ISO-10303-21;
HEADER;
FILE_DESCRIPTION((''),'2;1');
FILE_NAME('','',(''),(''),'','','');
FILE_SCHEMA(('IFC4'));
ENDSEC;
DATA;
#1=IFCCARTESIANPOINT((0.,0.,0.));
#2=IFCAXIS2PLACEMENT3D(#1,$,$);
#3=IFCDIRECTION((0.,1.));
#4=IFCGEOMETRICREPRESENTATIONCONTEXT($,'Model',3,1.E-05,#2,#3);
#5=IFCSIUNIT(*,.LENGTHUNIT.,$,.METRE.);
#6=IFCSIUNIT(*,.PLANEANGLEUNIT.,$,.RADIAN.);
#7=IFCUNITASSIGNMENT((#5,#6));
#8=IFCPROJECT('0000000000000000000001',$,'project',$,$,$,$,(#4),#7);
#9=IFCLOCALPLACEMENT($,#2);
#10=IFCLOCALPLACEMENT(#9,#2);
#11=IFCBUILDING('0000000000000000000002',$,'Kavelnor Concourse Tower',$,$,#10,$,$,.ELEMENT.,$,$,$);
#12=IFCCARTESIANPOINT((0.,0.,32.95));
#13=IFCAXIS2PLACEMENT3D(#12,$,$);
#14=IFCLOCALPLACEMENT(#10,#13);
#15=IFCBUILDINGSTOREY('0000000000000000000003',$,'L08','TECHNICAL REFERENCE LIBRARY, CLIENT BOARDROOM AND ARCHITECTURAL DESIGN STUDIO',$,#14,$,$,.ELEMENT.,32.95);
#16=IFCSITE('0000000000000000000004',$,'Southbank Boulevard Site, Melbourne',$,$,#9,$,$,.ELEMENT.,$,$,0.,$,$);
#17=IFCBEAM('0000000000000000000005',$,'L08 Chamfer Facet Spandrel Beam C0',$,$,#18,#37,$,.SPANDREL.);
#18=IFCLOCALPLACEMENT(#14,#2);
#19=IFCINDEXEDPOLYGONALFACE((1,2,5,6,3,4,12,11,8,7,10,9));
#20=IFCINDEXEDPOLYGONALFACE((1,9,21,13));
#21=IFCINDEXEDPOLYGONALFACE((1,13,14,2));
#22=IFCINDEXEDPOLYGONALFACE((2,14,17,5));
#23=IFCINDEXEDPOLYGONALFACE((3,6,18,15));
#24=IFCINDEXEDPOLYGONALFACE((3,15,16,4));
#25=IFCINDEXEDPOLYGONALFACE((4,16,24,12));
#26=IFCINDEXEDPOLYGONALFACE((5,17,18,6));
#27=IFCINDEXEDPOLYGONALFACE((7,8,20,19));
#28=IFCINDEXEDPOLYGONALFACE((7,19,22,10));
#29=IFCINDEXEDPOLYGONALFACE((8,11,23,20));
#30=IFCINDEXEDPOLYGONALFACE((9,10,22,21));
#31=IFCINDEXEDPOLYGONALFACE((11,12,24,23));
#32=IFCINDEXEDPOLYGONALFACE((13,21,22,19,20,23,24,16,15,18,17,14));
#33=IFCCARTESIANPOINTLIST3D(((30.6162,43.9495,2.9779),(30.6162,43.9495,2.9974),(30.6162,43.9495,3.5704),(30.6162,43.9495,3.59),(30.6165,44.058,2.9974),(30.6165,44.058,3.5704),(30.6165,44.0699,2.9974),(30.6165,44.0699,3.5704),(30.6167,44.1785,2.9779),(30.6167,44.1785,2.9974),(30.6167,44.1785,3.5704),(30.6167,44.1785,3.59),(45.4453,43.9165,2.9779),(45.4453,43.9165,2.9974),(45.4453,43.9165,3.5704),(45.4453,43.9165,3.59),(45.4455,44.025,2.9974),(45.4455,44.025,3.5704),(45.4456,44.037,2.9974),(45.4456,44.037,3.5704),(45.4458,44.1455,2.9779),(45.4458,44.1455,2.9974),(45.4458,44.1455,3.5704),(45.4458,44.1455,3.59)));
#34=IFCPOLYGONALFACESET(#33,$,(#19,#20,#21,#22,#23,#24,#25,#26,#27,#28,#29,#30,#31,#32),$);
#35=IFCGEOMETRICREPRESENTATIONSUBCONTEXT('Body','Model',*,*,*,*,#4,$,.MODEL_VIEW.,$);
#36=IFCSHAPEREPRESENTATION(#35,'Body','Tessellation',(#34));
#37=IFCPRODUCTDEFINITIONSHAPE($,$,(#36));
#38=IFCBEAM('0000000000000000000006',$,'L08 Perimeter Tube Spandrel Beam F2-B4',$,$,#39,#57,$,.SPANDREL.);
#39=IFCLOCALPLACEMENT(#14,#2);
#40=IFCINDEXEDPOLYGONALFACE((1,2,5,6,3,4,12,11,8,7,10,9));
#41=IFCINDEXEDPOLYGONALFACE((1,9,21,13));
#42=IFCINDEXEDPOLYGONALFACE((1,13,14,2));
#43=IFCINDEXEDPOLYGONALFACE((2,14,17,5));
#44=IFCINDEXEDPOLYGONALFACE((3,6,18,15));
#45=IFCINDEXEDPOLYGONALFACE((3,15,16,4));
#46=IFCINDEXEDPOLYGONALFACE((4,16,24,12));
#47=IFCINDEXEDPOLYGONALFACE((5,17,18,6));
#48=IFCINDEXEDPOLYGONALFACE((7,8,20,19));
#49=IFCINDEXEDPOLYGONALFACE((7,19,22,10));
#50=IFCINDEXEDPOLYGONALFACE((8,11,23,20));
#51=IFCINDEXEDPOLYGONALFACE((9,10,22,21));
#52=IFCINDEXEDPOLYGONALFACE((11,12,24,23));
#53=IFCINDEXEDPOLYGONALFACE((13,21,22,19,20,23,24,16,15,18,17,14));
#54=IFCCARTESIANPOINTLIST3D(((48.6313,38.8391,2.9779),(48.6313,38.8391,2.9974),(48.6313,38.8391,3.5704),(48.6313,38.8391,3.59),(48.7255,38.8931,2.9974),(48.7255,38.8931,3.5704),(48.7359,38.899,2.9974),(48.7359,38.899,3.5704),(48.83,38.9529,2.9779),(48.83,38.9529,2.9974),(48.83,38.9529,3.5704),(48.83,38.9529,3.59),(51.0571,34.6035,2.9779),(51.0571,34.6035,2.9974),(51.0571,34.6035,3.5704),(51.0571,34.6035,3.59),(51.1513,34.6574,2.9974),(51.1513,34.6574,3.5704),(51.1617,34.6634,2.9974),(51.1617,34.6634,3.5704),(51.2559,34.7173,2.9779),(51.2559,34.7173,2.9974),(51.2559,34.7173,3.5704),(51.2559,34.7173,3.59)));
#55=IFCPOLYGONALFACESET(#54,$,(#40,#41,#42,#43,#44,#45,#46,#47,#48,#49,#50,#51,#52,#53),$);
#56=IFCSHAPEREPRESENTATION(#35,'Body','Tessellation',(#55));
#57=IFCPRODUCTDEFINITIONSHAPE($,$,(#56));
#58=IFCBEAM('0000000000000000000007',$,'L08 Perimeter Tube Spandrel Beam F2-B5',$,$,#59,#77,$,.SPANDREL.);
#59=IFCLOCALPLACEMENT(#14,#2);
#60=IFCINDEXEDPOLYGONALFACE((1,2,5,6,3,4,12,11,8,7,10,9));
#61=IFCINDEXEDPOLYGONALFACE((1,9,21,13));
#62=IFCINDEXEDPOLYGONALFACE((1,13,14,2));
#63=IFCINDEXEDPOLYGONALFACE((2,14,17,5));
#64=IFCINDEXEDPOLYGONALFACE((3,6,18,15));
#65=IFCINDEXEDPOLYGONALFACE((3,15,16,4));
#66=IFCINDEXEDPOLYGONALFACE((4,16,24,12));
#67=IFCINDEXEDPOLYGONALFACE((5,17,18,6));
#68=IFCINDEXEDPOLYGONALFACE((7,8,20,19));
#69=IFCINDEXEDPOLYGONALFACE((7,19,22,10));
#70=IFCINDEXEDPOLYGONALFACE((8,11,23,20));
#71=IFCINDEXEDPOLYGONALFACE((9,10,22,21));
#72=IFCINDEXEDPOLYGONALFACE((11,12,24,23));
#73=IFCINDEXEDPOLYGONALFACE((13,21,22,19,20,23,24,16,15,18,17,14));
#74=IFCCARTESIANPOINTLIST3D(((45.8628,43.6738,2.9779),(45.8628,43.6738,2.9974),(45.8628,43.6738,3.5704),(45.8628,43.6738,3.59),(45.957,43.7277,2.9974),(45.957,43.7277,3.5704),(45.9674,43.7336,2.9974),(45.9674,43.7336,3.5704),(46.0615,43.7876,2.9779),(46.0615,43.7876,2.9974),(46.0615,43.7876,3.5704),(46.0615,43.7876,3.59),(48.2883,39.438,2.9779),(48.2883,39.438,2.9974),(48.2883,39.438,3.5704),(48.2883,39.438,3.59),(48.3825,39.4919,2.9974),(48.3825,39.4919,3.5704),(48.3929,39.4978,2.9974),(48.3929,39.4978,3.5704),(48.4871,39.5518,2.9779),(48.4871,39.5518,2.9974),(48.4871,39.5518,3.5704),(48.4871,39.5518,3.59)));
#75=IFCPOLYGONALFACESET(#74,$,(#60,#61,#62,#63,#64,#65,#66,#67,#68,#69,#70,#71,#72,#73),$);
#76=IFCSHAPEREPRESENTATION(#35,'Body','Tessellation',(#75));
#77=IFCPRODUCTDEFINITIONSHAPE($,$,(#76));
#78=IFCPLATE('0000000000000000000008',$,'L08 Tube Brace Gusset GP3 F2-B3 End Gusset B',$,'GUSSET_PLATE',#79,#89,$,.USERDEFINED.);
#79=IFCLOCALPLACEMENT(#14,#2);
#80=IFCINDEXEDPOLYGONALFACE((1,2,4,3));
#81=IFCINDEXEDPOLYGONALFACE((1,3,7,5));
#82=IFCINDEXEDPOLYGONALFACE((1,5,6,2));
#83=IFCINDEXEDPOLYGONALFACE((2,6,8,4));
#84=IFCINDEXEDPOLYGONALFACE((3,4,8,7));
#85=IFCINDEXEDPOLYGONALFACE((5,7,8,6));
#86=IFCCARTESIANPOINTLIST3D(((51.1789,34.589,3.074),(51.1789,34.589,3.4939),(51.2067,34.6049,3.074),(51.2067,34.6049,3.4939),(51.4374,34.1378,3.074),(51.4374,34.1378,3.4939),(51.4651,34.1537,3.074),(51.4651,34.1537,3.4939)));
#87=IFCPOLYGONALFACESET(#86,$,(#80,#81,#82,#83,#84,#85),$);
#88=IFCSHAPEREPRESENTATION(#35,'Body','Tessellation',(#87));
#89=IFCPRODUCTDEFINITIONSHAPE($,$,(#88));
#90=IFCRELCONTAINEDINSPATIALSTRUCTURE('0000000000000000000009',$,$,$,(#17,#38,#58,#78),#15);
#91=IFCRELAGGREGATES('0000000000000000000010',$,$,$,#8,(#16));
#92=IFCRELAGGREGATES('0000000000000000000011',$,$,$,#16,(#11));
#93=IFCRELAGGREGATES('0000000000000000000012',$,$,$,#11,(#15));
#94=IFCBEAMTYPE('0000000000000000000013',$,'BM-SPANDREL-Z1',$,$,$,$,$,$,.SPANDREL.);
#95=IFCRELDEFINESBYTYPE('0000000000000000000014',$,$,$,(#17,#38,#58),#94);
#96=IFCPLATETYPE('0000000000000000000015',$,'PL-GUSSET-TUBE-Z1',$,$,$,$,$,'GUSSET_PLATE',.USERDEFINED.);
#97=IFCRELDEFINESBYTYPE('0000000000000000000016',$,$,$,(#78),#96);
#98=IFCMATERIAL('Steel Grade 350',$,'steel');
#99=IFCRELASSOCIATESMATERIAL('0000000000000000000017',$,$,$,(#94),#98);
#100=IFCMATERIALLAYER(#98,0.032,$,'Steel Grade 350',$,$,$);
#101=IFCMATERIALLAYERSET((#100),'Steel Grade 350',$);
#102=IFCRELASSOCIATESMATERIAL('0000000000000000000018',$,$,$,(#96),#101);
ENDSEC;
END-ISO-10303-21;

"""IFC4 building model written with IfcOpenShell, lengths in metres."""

from ifc_helpers import new_model, si_unit, direction, frame, origin, origin_2d, place, context, subcontext, project, spatial, rectangle, i_section, extrude, material, layer, layer_set, material_profile, profile_set, type_object, element, save


model = new_model("IFC4")

# Units and contexts
model_context = context("Model", 3, precision=1e-05, world=origin(), true_north=direction((0.0, 1.0)))
body_context = subcontext(model_context, "Body", "Model", "MODEL_VIEW")
ifc_project = project(units=[si_unit("LENGTHUNIT", "METRE"), si_unit("PLANEANGLEUNIT", "RADIAN")], contexts=[model_context])

# Site, building, storey
site_placement = place(None, origin())
site = spatial("IfcSite", under=ifc_project, at=site_placement, Name="Southbank Boulevard Site, Melbourne", CompositionType="ELEMENT", RefElevation=0.0)
building_placement = place(site_placement, origin())
building = spatial("IfcBuilding", under=site, at=building_placement, Name="Kavelnor Concourse Tower", CompositionType="ELEMENT")
storey_placement = place(building_placement, frame((0.0, 0.0, 32.95)))
storey = spatial("IfcBuildingStorey", under=building, at=storey_placement, Name="L08", Description="TECHNICAL REFERENCE LIBRARY, CLIENT BOARDROOM AND ARCHITECTURAL DESIGN STUDIO", CompositionType="ELEMENT", Elevation=32.95)

# Shared definitions
ifc_material_1 = material(Name="Steel Grade 350", Category="steel")

# Beams
ifc_material_profile_1 = material_profile(ifc_material_1, i_section(OverallWidth=0.229, OverallDepth=0.6121, WebThickness=0.012, FlangeThickness=0.0195, at=origin_2d()), Name="610UB125")
ifc_profile_set_1 = profile_set([ifc_material_profile_1], Name="Steel Grade 350")
beam_type_1 = type_object("IfcBeamType", Name="BM-SPANDREL-Z1", PredefinedType="SPANDREL", material=ifc_profile_set_1)
beam_1_placement = place(storey_placement, frame((45.4456, 44.031, 3.2839), z_axis=(-0.999998, 0.002223, 0.0), x_axis=(-0.002223, -0.999998, 0.0)))
element("IfcBeam", 1, at=beam_1_placement, inside=storey, type_object=beam_type_1, Name="L08 Chamfer Facet Spandrel Beam C0", PredefinedType="SPANDREL", context=body_context, shape_type="SweptSolid", body=[
    extrude(i_section(OverallWidth=0.229, OverallDepth=0.6121, WebThickness=0.012, FlangeThickness=0.0195, at=origin_2d()), origin(), (0.0, 0.0, 1.0), 14.8291),
])
for number, where, z_axis, x_axis, name in (
    (2, (51.1565, 34.6604, 3.2839), (-0.496979, 0.867763, 0.0), (-0.867763, -0.496979, 0.0), "L08 Perimeter Tube Spandrel Beam F2-B4"),
    (3, (48.3877, 39.4949, 3.2839), (-0.49692, 0.867796, 0.0), (-0.867796, -0.49692, 0.0), "L08 Perimeter Tube Spandrel Beam F2-B5"),
):
    element("IfcBeam", number, at=place(storey_placement, frame(where, z_axis=z_axis, x_axis=x_axis)), inside=storey, type_object=beam_type_1, Name=name, PredefinedType="SPANDREL", context=body_context, shape_type="SweptSolid", body=[
        extrude(i_section(OverallWidth=0.229, OverallDepth=0.6121, WebThickness=0.012, FlangeThickness=0.0195, at=origin_2d()), origin(), (0.0, 0.0, 1.0), 4.8811),
    ])

# Plate
ifc_layer_1 = layer(ifc_material_1, 0.032, Name="Steel Grade 350")
ifc_layer_set_1 = layer_set([ifc_layer_1], Name="Steel Grade 350")
plate_type = type_object("IfcPlateType", Name="PL-GUSSET-TUBE-Z1", ElementType="GUSSET_PLATE", PredefinedType="USERDEFINED", material=ifc_layer_set_1)
plate_placement = place(storey_placement, frame((51.322, 34.3713, 3.074), z_axis=(0.0, 0.0, 1.0), x_axis=(-0.496974, 0.867765, 0.0)))
element("IfcPlate", 4, at=plate_placement, inside=storey, type_object=plate_type, Name="L08 Tube Brace Gusset GP3 F2-B3 End Gusset B", ObjectType="GUSSET_PLATE", PredefinedType="USERDEFINED", context=body_context, shape_type="SweptSolid", body=[
    extrude(rectangle(XDim=0.52, YDim=0.032, at=origin_2d()), origin(), (0.0, 0.0, 1.0), 0.4199),
])

save(model, "model.ifc")
